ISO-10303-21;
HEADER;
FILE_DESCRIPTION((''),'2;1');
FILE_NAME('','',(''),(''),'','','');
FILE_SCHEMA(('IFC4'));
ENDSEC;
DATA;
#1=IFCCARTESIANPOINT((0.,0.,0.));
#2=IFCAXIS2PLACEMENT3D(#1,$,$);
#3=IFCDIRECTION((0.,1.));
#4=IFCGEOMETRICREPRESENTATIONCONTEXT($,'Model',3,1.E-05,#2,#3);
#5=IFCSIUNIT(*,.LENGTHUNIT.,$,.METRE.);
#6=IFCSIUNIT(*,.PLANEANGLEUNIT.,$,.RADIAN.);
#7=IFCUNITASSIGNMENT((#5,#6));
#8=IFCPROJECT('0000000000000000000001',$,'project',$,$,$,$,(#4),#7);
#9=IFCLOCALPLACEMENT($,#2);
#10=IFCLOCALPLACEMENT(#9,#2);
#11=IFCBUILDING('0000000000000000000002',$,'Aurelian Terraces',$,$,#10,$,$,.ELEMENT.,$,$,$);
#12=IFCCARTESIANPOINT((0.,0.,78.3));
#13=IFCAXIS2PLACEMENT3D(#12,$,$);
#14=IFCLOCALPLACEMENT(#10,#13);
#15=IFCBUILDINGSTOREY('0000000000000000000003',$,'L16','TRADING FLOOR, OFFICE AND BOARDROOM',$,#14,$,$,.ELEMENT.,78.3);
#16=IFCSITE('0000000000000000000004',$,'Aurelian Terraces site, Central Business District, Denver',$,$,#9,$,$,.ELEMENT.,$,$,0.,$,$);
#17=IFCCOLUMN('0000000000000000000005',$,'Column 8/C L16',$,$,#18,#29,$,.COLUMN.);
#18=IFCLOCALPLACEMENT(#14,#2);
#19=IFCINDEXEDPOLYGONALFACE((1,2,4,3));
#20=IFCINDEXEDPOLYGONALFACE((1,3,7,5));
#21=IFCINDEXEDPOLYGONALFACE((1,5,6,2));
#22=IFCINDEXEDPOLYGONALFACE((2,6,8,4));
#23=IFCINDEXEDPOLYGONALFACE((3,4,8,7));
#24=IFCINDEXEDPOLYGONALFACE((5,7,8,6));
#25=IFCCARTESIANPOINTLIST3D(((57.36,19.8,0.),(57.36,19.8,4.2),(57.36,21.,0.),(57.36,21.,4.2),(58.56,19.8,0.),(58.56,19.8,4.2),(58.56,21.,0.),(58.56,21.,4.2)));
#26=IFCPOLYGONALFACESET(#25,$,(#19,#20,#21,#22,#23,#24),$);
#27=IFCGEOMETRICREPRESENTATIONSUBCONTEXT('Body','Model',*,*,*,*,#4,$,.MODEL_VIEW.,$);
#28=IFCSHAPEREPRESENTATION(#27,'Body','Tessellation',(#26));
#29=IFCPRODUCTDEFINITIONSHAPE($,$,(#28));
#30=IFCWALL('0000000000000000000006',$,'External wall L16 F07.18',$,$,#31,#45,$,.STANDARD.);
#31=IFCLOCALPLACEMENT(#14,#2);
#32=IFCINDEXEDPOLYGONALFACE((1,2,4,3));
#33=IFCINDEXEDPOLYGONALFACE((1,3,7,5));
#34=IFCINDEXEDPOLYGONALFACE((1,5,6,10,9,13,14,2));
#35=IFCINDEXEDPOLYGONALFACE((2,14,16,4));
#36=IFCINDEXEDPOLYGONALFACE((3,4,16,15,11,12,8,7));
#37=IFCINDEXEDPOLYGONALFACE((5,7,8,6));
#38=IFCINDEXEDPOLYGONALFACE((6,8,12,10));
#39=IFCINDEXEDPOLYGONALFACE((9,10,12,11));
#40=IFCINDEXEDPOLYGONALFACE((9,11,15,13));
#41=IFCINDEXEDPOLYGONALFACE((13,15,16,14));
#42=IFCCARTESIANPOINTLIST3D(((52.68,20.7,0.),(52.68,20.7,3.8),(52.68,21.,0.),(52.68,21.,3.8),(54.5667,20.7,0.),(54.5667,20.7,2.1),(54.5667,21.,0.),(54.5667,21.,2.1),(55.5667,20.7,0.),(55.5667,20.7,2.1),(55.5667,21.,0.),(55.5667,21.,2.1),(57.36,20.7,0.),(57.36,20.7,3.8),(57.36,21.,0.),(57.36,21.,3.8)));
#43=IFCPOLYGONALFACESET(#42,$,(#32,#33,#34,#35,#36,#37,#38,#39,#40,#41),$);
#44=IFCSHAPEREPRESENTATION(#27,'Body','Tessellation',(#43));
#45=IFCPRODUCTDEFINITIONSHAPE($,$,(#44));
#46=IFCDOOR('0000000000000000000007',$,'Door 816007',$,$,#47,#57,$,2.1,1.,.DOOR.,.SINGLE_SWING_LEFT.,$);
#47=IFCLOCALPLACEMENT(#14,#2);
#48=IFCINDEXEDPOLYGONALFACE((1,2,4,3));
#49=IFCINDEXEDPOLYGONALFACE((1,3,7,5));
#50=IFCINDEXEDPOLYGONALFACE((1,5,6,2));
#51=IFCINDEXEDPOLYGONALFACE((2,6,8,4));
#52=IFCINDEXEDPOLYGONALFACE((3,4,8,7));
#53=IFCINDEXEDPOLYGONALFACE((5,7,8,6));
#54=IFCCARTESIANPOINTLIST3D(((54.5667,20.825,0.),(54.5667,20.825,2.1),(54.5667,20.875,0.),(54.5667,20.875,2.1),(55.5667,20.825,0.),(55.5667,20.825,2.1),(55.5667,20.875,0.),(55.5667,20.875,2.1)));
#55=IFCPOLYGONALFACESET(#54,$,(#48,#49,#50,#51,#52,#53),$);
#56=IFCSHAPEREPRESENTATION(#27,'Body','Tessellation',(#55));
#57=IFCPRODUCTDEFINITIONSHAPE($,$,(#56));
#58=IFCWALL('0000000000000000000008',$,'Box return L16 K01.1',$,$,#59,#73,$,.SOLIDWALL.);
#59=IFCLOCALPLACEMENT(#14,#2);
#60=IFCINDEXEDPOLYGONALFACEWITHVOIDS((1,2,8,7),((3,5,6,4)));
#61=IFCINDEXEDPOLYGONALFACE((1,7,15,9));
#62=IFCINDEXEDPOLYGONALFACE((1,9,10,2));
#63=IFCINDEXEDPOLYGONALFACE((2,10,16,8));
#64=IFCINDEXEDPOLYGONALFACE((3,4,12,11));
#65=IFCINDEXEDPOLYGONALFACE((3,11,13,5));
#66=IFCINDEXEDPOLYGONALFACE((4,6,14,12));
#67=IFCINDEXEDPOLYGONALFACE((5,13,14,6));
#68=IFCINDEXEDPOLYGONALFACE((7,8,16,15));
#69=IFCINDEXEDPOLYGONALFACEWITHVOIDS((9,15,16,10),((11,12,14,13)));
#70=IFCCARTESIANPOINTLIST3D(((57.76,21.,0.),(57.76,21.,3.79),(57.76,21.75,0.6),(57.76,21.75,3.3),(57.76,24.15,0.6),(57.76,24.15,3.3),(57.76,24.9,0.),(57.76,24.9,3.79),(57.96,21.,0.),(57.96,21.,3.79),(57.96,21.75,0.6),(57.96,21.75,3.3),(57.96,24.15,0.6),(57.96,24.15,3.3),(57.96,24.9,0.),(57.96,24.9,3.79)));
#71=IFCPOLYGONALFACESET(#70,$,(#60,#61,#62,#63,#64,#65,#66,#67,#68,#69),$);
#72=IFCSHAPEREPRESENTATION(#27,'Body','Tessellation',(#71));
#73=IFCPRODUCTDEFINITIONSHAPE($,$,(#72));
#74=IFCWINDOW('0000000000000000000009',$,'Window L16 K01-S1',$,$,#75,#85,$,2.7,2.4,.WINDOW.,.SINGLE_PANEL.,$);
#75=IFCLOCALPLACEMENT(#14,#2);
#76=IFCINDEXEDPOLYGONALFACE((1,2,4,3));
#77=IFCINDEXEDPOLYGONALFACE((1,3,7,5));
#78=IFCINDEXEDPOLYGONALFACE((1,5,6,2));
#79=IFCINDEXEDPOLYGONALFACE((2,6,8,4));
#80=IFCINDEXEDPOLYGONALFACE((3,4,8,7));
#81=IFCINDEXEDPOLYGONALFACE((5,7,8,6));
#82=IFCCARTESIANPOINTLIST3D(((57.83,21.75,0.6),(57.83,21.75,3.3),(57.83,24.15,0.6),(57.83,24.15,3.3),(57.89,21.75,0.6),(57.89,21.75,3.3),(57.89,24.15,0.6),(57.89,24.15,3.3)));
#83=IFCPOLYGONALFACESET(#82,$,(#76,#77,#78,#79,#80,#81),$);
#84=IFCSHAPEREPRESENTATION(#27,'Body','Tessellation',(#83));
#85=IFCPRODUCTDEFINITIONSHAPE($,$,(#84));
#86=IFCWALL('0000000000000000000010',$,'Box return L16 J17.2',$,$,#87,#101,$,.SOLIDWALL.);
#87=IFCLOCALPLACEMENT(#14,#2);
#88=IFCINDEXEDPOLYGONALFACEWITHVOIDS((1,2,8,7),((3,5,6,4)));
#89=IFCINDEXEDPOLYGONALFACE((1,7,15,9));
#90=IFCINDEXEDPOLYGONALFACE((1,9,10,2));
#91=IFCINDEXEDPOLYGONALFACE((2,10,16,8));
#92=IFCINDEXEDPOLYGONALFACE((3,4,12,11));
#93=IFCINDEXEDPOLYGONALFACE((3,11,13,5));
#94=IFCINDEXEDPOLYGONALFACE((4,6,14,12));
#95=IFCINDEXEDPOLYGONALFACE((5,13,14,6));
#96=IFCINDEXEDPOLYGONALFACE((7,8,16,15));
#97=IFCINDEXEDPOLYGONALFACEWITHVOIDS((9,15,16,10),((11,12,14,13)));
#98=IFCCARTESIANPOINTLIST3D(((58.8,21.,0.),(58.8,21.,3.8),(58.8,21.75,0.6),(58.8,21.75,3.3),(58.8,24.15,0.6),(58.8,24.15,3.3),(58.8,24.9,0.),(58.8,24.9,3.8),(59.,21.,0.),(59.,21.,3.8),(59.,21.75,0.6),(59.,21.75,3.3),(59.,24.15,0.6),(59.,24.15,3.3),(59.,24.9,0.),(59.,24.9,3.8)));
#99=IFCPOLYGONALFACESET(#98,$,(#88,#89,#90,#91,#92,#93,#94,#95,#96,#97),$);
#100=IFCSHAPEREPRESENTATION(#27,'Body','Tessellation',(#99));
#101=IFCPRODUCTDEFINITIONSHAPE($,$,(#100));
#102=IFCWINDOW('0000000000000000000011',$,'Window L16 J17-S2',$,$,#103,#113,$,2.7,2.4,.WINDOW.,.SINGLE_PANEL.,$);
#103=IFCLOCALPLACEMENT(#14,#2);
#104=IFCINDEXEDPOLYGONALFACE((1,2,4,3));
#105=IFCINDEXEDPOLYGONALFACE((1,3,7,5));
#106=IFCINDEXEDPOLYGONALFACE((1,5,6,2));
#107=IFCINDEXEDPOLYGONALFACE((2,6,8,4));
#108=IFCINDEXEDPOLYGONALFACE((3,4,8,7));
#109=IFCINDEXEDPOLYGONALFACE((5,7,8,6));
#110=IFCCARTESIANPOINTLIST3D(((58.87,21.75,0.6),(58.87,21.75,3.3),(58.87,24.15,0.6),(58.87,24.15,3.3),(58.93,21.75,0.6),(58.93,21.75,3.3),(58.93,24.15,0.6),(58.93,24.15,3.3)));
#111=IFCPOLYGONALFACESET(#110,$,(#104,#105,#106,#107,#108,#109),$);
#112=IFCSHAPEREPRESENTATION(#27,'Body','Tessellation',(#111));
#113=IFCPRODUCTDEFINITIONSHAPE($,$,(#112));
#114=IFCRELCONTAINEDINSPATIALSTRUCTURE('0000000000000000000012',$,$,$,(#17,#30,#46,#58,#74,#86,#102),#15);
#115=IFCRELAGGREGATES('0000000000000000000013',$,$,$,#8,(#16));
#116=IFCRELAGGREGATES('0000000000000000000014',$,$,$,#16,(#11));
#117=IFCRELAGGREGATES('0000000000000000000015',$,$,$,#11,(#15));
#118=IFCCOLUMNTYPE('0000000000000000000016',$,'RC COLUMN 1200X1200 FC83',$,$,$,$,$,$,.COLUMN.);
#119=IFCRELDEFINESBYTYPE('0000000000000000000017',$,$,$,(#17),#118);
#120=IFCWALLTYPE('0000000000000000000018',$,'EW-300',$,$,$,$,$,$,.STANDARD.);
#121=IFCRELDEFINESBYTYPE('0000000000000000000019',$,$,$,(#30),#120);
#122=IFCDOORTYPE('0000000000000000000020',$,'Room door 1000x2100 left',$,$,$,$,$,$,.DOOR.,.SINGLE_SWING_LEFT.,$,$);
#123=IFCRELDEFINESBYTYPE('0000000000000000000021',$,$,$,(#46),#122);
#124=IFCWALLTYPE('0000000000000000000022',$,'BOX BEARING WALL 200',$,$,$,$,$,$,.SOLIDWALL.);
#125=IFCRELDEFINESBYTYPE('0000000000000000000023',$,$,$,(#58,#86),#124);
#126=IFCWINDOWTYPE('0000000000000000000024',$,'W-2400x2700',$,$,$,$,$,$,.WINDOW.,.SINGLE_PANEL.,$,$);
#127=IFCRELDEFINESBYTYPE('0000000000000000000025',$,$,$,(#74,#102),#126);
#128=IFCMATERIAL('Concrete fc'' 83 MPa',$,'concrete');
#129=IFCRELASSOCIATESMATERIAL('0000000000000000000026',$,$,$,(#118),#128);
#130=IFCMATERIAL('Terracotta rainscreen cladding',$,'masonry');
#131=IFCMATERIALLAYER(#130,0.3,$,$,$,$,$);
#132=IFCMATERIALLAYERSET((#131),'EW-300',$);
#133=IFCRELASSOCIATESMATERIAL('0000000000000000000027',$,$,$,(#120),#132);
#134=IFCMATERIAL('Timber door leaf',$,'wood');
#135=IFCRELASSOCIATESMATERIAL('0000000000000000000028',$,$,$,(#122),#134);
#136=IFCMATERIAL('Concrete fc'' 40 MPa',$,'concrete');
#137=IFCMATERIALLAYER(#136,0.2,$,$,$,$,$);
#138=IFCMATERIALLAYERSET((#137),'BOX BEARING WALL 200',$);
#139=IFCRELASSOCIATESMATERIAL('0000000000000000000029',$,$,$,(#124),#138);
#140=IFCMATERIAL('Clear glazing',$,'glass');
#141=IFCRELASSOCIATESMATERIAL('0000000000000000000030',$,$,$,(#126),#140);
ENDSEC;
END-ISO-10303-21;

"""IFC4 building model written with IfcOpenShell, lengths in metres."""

from ifc_helpers import new_model, si_unit, direction, frame, frame_2d, origin, origin_2d, place, context, subcontext, project, spatial, rectangle, extrude, source, transform, mapped, material, layer, layer_set, material_profile, profile_set, type_object, element, fill, save


model = new_model("IFC4")

# Units and contexts
model_context = context("Model", 3, precision=1e-05, world=origin(), true_north=direction((0.0, 1.0)))
body_context = subcontext(model_context, "Body", "Model", "MODEL_VIEW")
ifc_project = project(units=[si_unit("LENGTHUNIT", "METRE"), si_unit("PLANEANGLEUNIT", "RADIAN")], contexts=[model_context])

# Site, building, storey
site_placement = place(None, origin())
site = spatial("IfcSite", under=ifc_project, at=site_placement, Name="Aurelian Terraces site, Central Business District, Denver", CompositionType="ELEMENT", RefElevation=0.0)
building_placement = place(site_placement, origin())
building = spatial("IfcBuilding", under=site, at=building_placement, Name="Aurelian Terraces", CompositionType="ELEMENT")
storey_placement = place(building_placement, frame((0.0, 0.0, 78.3)))
storey = spatial("IfcBuildingStorey", under=building, at=storey_placement, Name="L16", Description="TRADING FLOOR, OFFICE AND BOARDROOM", CompositionType="ELEMENT", Elevation=78.3)

# Column
ifc_material_1 = material(Name="Concrete fc' 83 MPa", Category="concrete")
ifc_material_profile = material_profile(ifc_material_1, rectangle(XDim=1.2, YDim=1.2, at=origin_2d()))
ifc_profile_set = profile_set([ifc_material_profile], Name="Concrete fc' 83 MPa")
column_type = type_object("IfcColumnType", Name="RC COLUMN 1200X1200 FC83", PredefinedType="COLUMN", material=ifc_profile_set)
shared_shape_1 = source(origin(), body_context, "Body", "SweptSolid", [
    extrude(rectangle(XDim=1.2, YDim=1.2, at=origin_2d()), origin(), (0.0, 0.0, 1.0), 4.2),
])
column_placement = place(storey_placement, frame((57.96, 20.4, 0.0), z_axis=(0.0, 0.0, 1.0), x_axis=(1.0, 0.0, 0.0)))
element("IfcColumn", 1, at=column_placement, inside=storey, type_object=column_type, Name="Column 8/C L16", PredefinedType="COLUMN", context=body_context, shape_type="MappedRepresentation", body=[
    mapped(shared_shape_1, transform((0.0, 0.0, 0.0), scale=1.0)),
])

# Wall, opening, door
ifc_material_2 = material(Name="Terracotta rainscreen cladding", Category="masonry")
ifc_layer_1 = layer(ifc_material_2, 0.3)
ifc_layer_set_1 = layer_set([ifc_layer_1], Name="EW-300")
wall_type_1 = type_object("IfcWallType", Name="EW-300", PredefinedType="STANDARD", material=ifc_layer_set_1)
shared_shape_2 = source(origin(), body_context, "Body", "SweptSolid", [
    extrude(rectangle(XDim=4.68, YDim=0.3, at=frame_2d((2.34, 0.0))), origin(), (0.0, 0.0, 1.0), 3.8),
])
wall_1_placement = place(storey_placement, frame((57.36, 20.85, 0.0), z_axis=(0.0, 0.0, 1.0), x_axis=(-1.0, 0.0, 0.0)))
wall_1 = element("IfcWall", 2, at=wall_1_placement, inside=storey, type_object=wall_type_1, Name="External wall L16 F07.18", PredefinedType="STANDARD", context=body_context, shape_type="MappedRepresentation", body=[
    mapped(shared_shape_2, transform((0.0, 0.0, 0.0), scale=1.0)),
])
shared_shape_3 = source(origin(), body_context, "Body", "SweptSolid", [
    extrude(rectangle(XDim=1.0, YDim=2.1, at=frame_2d((0.5, 1.05))), frame((0.0, 0.16, 0.0), z_axis=(0.0, -1.0, 0.0), x_axis=(1.0, 0.0, 0.0)), (0.0, 0.0, 1.0), 0.32),
])
opening_1_placement = place(wall_1_placement, frame((1.7933, 0.0, 0.0)))
opening_1 = element("IfcOpeningElement", 3, at=opening_1_placement, cuts=wall_1, PredefinedType="OPENING", context=body_context, shape_type="MappedRepresentation", body=[
    mapped(shared_shape_3, transform((0.0, 0.0, 0.0), scale=1.0)),
])
ifc_material_3 = material(Name="Timber door leaf", Category="wood")
door_type = type_object("IfcDoorType", Name="Room door 1000x2100 left", OperationType="SINGLE_SWING_LEFT", PredefinedType="DOOR", material=ifc_material_3)
shared_shape_4 = source(origin(), body_context, "Body", "SweptSolid", [
    extrude(rectangle(XDim=1.0, YDim=2.1, at=frame_2d((0.5, 1.05))), frame((0.0, 0.025, 0.0), z_axis=(0.0, -1.0, 0.0), x_axis=(1.0, 0.0, 0.0)), (0.0, 0.0, 1.0), 0.05),
])
door_placement = place(opening_1_placement, origin())
door = element("IfcDoor", 4, at=door_placement, inside=storey, type_object=door_type, Name="Door 816007", OperationType="SINGLE_SWING_LEFT", OverallHeight=2.1, OverallWidth=1.0, PredefinedType="DOOR", context=body_context, shape_type="MappedRepresentation", body=[
    mapped(shared_shape_4, transform((0.0, 0.0, 0.0), scale=1.0)),
])
fill(opening_1, door)

# Walls, openings, windows
ifc_material_4 = material(Name="Concrete fc' 40 MPa", Category="concrete")
ifc_layer_2 = layer(ifc_material_4, 0.2)
ifc_layer_set_2 = layer_set([ifc_layer_2], Name="BOX BEARING WALL 200")
wall_type_2 = type_object("IfcWallType", Name="BOX BEARING WALL 200", PredefinedType="SOLIDWALL", material=ifc_layer_set_2)
shared_shape_5 = source(origin(), body_context, "Body", "SweptSolid", [
    extrude(rectangle(XDim=3.9, YDim=0.2, at=frame_2d((1.95, 0.0))), origin(), (0.0, 0.0, 1.0), 3.79),
])
wall_2_placement = place(storey_placement, frame((57.86, 21.0, 0.0), z_axis=(0.0, 0.0, 1.0), x_axis=(0.0, 1.0, 0.0)))
wall_2 = element("IfcWall", 5, at=wall_2_placement, inside=storey, type_object=wall_type_2, Name="Box return L16 K01.1", PredefinedType="SOLIDWALL", context=body_context, shape_type="MappedRepresentation", body=[
    mapped(shared_shape_5, transform((0.0, 0.0, 0.0), scale=1.0)),
])
shared_shape_6 = source(origin(), body_context, "Body", "SweptSolid", [
    extrude(rectangle(XDim=2.4, YDim=2.7, at=frame_2d((1.2, 1.35))), frame((0.0, 0.11, 0.0), z_axis=(0.0, -1.0, 0.0), x_axis=(1.0, 0.0, 0.0)), (0.0, 0.0, 1.0), 0.22),
])
opening_2_placement = place(wall_2_placement, frame((0.75, 0.0, 0.6)))
opening_2 = element("IfcOpeningElement", 6, at=opening_2_placement, cuts=wall_2, PredefinedType="OPENING", context=body_context, shape_type="MappedRepresentation", body=[
    mapped(shared_shape_6, transform((0.0, 0.0, 0.0), scale=1.0)),
])
ifc_material_5 = material(Name="Clear glazing", Category="glass")
window_type_1 = type_object("IfcWindowType", Name="W-2400x2700", PartitioningType="SINGLE_PANEL", PredefinedType="WINDOW", material=ifc_material_5)
shared_shape_7 = source(origin(), body_context, "Body", "SweptSolid", [
    extrude(rectangle(XDim=2.4, YDim=2.7, at=frame_2d((1.2, 1.35))), frame((0.0, 0.03, 0.0), z_axis=(0.0, -1.0, 0.0), x_axis=(1.0, 0.0, 0.0)), (0.0, 0.0, 1.0), 0.06),
])
window_1_placement = place(opening_2_placement, origin())
window_1 = element("IfcWindow", 7, at=window_1_placement, inside=storey, type_object=window_type_1, Name="Window L16 K01-S1", OverallHeight=2.7, OverallWidth=2.4, PartitioningType="SINGLE_PANEL", PredefinedType="WINDOW", context=body_context, shape_type="MappedRepresentation", body=[
    mapped(shared_shape_7, transform((0.0, 0.0, 0.0), scale=1.0)),
])
fill(opening_2, window_1)
shared_shape_8 = source(origin(), body_context, "Body", "SweptSolid", [
    extrude(rectangle(XDim=3.9, YDim=0.2, at=frame_2d((1.95, 0.0))), origin(), (0.0, 0.0, 1.0), 3.8),
])
wall_3_placement = place(storey_placement, frame((58.9, 21.0, 0.0), z_axis=(0.0, 0.0, 1.0), x_axis=(0.0, 1.0, 0.0)))
wall_3 = element("IfcWall", 8, at=wall_3_placement, inside=storey, type_object=wall_type_2, Name="Box return L16 J17.2", PredefinedType="SOLIDWALL", context=body_context, shape_type="MappedRepresentation", body=[
    mapped(shared_shape_8, transform((0.0, 0.0, 0.0), scale=1.0)),
])
opening_3_placement = place(wall_3_placement, frame((0.75, 0.0, 0.6)))
opening_3 = element("IfcOpeningElement", 9, at=opening_3_placement, cuts=wall_3, PredefinedType="OPENING", context=body_context, shape_type="MappedRepresentation", body=[
    mapped(shared_shape_6, transform((0.0, 0.0, 0.0), scale=1.0)),
])
window_2_placement = place(opening_3_placement, origin())
window_2 = element("IfcWindow", 10, at=window_2_placement, inside=storey, type_object=window_type_1, Name="Window L16 J17-S2", OverallHeight=2.7, OverallWidth=2.4, PartitioningType="SINGLE_PANEL", PredefinedType="WINDOW", context=body_context, shape_type="MappedRepresentation", body=[
    mapped(shared_shape_7, transform((0.0, 0.0, 0.0), scale=1.0)),
])
fill(opening_3, window_2)

save(model, "model.ifc")
